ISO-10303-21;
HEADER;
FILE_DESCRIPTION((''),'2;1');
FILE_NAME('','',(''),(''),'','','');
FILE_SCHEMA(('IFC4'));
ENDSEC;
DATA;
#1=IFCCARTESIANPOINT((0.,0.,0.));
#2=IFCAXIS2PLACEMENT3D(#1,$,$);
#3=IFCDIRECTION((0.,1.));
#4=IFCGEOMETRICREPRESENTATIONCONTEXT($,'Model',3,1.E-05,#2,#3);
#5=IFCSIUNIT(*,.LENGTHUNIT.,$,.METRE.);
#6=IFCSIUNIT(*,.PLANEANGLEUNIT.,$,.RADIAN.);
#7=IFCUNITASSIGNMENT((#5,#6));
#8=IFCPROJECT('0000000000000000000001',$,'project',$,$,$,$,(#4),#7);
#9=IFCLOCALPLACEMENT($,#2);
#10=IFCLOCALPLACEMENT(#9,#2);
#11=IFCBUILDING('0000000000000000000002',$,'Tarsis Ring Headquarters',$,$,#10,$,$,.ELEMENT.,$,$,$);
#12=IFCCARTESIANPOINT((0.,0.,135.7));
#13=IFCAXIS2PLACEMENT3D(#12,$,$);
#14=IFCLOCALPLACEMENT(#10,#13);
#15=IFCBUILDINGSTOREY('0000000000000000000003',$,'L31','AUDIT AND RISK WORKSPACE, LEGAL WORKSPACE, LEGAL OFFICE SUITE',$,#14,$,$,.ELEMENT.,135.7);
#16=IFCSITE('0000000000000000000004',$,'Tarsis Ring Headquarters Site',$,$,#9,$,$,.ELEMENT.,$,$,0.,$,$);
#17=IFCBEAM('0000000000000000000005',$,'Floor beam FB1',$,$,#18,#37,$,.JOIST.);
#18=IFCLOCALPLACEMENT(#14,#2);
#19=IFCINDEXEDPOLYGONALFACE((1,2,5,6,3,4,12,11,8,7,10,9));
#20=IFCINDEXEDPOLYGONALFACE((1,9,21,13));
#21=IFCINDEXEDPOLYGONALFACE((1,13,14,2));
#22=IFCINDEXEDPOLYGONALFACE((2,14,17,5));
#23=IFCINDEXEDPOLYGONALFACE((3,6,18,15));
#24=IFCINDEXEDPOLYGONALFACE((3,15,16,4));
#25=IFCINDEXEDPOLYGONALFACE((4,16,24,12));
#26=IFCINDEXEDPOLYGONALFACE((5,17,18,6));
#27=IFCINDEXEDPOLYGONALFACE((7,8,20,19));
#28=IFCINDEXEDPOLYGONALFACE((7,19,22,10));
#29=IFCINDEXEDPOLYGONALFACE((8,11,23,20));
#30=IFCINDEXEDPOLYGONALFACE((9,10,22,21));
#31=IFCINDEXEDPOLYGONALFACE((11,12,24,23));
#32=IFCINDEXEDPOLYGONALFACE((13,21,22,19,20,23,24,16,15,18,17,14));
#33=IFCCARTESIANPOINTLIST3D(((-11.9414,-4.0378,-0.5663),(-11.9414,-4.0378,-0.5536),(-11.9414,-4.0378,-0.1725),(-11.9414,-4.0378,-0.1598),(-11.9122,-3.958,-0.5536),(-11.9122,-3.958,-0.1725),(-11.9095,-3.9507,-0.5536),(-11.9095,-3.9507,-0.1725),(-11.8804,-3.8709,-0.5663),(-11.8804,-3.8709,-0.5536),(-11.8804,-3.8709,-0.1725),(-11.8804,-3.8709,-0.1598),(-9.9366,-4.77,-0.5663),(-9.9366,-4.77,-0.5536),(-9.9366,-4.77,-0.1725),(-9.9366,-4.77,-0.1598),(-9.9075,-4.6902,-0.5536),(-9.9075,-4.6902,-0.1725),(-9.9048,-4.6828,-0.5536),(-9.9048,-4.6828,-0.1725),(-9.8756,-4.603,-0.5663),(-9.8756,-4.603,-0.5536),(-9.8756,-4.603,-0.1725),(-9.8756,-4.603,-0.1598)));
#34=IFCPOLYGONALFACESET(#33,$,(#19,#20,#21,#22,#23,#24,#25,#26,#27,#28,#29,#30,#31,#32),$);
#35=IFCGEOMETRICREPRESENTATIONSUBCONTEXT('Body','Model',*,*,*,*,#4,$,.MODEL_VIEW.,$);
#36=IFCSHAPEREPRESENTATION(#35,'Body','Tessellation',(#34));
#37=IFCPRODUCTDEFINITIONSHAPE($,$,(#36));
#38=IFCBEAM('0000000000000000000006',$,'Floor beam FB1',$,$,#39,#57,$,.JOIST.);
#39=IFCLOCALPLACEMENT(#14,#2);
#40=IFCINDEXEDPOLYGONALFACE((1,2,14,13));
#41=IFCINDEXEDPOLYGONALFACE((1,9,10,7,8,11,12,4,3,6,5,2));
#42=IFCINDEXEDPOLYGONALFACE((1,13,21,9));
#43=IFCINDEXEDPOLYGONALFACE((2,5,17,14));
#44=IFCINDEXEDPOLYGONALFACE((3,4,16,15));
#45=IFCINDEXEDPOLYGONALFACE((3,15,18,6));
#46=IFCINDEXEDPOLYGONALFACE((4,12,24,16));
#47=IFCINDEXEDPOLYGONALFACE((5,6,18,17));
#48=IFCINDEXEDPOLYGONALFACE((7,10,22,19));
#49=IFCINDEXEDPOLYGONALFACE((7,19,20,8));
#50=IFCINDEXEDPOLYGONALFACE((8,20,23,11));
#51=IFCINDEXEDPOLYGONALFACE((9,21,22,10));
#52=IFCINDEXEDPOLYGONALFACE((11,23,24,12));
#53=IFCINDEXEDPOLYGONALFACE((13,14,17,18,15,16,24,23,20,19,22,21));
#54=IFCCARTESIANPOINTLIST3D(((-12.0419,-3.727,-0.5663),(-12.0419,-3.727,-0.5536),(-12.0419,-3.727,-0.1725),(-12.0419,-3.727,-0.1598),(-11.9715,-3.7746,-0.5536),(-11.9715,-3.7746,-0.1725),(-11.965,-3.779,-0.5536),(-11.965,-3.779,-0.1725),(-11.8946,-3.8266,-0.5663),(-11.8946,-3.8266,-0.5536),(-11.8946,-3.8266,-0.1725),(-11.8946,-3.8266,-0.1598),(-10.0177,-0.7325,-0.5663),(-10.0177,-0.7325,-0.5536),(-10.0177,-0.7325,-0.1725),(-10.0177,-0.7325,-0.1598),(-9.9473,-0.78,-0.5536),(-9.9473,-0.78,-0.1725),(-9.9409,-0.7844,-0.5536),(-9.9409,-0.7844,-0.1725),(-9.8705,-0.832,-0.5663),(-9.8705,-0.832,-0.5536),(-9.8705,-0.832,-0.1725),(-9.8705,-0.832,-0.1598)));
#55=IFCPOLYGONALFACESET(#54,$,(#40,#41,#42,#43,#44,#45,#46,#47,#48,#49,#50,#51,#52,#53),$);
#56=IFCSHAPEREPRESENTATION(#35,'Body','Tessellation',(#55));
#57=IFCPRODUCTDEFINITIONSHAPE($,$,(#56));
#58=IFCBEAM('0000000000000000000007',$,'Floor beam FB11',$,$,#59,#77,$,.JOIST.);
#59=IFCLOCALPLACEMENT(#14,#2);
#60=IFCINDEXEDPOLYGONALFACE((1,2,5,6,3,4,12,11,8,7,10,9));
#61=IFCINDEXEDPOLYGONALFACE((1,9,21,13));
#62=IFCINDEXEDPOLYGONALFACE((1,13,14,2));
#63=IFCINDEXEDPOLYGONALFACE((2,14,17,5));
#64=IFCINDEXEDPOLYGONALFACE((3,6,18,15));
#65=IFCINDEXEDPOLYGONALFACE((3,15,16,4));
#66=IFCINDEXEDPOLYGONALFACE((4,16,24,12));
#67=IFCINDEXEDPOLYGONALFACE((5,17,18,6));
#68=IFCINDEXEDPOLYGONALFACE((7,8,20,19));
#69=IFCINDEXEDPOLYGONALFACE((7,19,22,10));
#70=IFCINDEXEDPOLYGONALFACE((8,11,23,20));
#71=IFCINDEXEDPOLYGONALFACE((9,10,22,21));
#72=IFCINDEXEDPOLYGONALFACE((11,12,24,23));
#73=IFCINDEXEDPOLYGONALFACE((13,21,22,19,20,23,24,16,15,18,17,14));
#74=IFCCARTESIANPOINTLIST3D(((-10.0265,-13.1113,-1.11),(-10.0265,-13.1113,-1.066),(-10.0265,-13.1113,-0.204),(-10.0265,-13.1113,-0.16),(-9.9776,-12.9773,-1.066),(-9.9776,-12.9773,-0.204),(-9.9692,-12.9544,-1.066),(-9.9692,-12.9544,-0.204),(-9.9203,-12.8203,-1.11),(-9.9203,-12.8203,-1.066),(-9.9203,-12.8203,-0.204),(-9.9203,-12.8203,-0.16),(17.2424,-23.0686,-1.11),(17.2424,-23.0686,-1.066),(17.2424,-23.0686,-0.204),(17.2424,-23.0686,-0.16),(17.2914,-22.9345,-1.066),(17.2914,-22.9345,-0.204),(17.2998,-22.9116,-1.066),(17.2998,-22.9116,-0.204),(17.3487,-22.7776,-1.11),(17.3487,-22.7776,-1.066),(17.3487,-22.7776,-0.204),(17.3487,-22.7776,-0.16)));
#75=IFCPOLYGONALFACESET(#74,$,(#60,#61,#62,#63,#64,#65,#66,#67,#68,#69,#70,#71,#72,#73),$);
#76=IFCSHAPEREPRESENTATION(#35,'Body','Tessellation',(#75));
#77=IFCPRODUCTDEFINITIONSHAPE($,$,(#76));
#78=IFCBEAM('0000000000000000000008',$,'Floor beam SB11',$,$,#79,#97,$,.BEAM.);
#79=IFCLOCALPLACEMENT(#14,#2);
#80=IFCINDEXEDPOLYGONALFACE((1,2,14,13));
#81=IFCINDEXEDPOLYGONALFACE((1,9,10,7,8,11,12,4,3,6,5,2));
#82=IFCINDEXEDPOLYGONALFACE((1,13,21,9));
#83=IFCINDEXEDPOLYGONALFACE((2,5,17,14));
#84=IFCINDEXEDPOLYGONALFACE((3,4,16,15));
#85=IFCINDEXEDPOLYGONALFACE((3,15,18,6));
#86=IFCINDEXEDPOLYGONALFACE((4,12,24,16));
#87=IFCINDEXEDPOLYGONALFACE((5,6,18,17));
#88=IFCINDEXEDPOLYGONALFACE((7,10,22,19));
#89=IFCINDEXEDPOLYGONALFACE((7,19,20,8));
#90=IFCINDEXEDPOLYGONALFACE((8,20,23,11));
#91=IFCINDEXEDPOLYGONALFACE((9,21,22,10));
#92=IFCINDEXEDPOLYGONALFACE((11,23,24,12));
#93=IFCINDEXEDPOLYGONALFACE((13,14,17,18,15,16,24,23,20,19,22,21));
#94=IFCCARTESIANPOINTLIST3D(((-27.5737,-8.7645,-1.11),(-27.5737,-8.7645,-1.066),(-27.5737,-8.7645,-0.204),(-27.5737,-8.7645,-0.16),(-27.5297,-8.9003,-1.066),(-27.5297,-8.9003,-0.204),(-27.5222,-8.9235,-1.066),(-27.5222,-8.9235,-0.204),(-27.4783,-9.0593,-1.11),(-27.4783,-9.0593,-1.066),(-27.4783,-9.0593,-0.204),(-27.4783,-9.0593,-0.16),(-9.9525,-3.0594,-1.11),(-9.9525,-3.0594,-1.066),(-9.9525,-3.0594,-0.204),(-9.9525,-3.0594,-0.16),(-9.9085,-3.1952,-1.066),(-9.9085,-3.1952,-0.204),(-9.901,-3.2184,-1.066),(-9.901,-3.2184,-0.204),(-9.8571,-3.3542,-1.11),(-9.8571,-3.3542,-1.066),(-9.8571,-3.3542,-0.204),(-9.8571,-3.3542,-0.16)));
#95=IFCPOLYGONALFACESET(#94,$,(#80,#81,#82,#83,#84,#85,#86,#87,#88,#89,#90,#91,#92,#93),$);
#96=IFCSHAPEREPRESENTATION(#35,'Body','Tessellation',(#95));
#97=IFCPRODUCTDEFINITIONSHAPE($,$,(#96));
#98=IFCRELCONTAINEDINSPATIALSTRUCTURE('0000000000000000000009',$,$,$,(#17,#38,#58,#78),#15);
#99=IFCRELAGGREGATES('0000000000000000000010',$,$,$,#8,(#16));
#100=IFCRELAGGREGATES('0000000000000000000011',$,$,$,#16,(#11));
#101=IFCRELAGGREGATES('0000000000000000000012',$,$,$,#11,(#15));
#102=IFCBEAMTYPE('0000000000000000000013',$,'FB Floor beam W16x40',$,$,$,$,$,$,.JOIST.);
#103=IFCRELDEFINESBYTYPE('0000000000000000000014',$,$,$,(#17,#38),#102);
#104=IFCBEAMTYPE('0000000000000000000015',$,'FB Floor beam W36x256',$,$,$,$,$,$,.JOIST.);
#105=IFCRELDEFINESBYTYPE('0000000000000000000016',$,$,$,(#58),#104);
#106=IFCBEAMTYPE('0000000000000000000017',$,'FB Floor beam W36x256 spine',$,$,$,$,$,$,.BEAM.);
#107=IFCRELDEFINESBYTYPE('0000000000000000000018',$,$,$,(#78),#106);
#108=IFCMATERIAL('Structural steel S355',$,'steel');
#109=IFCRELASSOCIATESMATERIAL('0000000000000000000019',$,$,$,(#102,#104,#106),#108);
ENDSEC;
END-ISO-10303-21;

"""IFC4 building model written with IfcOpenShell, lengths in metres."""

from ifc_helpers import new_model, si_unit, direction, frame, origin, origin_2d, place, context, subcontext, project, spatial, i_section, extrude, material, material_profile, profile_set, type_object, element, save


model = new_model("IFC4")

# Units and contexts
model_context = context("Model", 3, precision=1e-05, world=origin(), true_north=direction((0.0, 1.0)))
body_context = subcontext(model_context, "Body", "Model", "MODEL_VIEW")
ifc_project = project(units=[si_unit("LENGTHUNIT", "METRE"), si_unit("PLANEANGLEUNIT", "RADIAN")], contexts=[model_context])

# Site, building, storey
site_placement = place(None, origin())
site = spatial("IfcSite", under=ifc_project, at=site_placement, Name="Tarsis Ring Headquarters Site", CompositionType="ELEMENT", RefElevation=0.0)
building_placement = place(site_placement, origin())
building = spatial("IfcBuilding", under=site, at=building_placement, Name="Tarsis Ring Headquarters", CompositionType="ELEMENT")
storey_placement = place(building_placement, frame((0.0, 0.0, 135.7)))
storey = spatial("IfcBuildingStorey", under=building, at=storey_placement, Name="L31", Description="AUDIT AND RISK WORKSPACE, LEGAL WORKSPACE, LEGAL OFFICE SUITE", CompositionType="ELEMENT", Elevation=135.7)

# Beams
ifc_material_1 = material(Name="Structural steel S355", Category="steel")
ifc_material_profile_1 = material_profile(ifc_material_1, i_section(OverallWidth=0.1777, OverallDepth=0.4065, WebThickness=0.0078, FlangeThickness=0.0127, at=origin_2d()), Name="W16x40")
ifc_profile_set_1 = profile_set([ifc_material_profile_1], Name="Structural steel S355")
beam_type_1 = type_object("IfcBeamType", Name="FB Floor beam W16x40", PredefinedType="JOIST", material=ifc_profile_set_1)
beam_1_placement = place(storey_placement, frame((-11.9109, -3.9543, -0.363), z_axis=(0.939322, -0.343038, 0.0), x_axis=(0.343038, 0.939322, 0.0)))
element("IfcBeam", 1, at=beam_1_placement, inside=storey, type_object=beam_type_1, Name="Floor beam FB1", PredefinedType="JOIST", context=body_context, shape_type="SweptSolid", body=[
    extrude(i_section(OverallWidth=0.1777, OverallDepth=0.4065, WebThickness=0.0078, FlangeThickness=0.0127, at=origin_2d()), origin(), (0.0, 0.0, 1.0), 2.1343),
])
beam_2_placement = place(storey_placement, frame((-9.9441, -0.7822, -0.363), z_axis=(-0.560004, -0.82849, 0.0), x_axis=(0.82849, -0.560004, 0.0)))
element("IfcBeam", 2, at=beam_2_placement, inside=storey, type_object=beam_type_1, Name="Floor beam FB1", PredefinedType="JOIST", context=body_context, shape_type="SweptSolid", body=[
    extrude(i_section(OverallWidth=0.1777, OverallDepth=0.4065, WebThickness=0.0078, FlangeThickness=0.0127, at=origin_2d()), origin(), (0.0, 0.0, 1.0), 3.6145),
])
ifc_material_profile_2 = material_profile(ifc_material_1, i_section(OverallWidth=0.3098, OverallDepth=0.95, WebThickness=0.0244, FlangeThickness=0.0439, at=origin_2d()), Name="W36x256")
ifc_profile_set_2 = profile_set([ifc_material_profile_2], Name="Structural steel S355")
beam_type_2 = type_object("IfcBeamType", Name="FB Floor beam W36x256", PredefinedType="JOIST", material=ifc_profile_set_2)
beam_3_placement = place(storey_placement, frame((-9.9734, -12.9658, -0.635), z_axis=(0.939336, -0.342998, 0.0), x_axis=(0.342998, 0.939336, 0.0)))
element("IfcBeam", 3, at=beam_3_placement, inside=storey, type_object=beam_type_2, Name="Floor beam FB11", PredefinedType="JOIST", context=body_context, shape_type="SweptSolid", body=[
    extrude(i_section(OverallWidth=0.3098, OverallDepth=0.95, WebThickness=0.0244, FlangeThickness=0.0439, at=origin_2d()), origin(), (0.0, 0.0, 1.0), 29.03),
])
beam_type_3 = type_object("IfcBeamType", Name="FB Floor beam W36x256 spine", PredefinedType="BEAM", material=ifc_profile_set_2)
beam_4_placement = place(storey_placement, frame((-9.9048, -3.2068, -0.635), z_axis=(-0.951379, -0.308022, 0.0), x_axis=(0.308022, -0.951379, 0.0)))
element("IfcBeam", 4, at=beam_4_placement, inside=storey, type_object=beam_type_3, Name="Floor beam SB11", PredefinedType="BEAM", context=body_context, shape_type="SweptSolid", body=[
    extrude(i_section(OverallWidth=0.3098, OverallDepth=0.95, WebThickness=0.0244, FlangeThickness=0.0439, at=origin_2d()), origin(), (0.0, 0.0, 1.0), 18.5217),
])

save(model, "model.ifc")
